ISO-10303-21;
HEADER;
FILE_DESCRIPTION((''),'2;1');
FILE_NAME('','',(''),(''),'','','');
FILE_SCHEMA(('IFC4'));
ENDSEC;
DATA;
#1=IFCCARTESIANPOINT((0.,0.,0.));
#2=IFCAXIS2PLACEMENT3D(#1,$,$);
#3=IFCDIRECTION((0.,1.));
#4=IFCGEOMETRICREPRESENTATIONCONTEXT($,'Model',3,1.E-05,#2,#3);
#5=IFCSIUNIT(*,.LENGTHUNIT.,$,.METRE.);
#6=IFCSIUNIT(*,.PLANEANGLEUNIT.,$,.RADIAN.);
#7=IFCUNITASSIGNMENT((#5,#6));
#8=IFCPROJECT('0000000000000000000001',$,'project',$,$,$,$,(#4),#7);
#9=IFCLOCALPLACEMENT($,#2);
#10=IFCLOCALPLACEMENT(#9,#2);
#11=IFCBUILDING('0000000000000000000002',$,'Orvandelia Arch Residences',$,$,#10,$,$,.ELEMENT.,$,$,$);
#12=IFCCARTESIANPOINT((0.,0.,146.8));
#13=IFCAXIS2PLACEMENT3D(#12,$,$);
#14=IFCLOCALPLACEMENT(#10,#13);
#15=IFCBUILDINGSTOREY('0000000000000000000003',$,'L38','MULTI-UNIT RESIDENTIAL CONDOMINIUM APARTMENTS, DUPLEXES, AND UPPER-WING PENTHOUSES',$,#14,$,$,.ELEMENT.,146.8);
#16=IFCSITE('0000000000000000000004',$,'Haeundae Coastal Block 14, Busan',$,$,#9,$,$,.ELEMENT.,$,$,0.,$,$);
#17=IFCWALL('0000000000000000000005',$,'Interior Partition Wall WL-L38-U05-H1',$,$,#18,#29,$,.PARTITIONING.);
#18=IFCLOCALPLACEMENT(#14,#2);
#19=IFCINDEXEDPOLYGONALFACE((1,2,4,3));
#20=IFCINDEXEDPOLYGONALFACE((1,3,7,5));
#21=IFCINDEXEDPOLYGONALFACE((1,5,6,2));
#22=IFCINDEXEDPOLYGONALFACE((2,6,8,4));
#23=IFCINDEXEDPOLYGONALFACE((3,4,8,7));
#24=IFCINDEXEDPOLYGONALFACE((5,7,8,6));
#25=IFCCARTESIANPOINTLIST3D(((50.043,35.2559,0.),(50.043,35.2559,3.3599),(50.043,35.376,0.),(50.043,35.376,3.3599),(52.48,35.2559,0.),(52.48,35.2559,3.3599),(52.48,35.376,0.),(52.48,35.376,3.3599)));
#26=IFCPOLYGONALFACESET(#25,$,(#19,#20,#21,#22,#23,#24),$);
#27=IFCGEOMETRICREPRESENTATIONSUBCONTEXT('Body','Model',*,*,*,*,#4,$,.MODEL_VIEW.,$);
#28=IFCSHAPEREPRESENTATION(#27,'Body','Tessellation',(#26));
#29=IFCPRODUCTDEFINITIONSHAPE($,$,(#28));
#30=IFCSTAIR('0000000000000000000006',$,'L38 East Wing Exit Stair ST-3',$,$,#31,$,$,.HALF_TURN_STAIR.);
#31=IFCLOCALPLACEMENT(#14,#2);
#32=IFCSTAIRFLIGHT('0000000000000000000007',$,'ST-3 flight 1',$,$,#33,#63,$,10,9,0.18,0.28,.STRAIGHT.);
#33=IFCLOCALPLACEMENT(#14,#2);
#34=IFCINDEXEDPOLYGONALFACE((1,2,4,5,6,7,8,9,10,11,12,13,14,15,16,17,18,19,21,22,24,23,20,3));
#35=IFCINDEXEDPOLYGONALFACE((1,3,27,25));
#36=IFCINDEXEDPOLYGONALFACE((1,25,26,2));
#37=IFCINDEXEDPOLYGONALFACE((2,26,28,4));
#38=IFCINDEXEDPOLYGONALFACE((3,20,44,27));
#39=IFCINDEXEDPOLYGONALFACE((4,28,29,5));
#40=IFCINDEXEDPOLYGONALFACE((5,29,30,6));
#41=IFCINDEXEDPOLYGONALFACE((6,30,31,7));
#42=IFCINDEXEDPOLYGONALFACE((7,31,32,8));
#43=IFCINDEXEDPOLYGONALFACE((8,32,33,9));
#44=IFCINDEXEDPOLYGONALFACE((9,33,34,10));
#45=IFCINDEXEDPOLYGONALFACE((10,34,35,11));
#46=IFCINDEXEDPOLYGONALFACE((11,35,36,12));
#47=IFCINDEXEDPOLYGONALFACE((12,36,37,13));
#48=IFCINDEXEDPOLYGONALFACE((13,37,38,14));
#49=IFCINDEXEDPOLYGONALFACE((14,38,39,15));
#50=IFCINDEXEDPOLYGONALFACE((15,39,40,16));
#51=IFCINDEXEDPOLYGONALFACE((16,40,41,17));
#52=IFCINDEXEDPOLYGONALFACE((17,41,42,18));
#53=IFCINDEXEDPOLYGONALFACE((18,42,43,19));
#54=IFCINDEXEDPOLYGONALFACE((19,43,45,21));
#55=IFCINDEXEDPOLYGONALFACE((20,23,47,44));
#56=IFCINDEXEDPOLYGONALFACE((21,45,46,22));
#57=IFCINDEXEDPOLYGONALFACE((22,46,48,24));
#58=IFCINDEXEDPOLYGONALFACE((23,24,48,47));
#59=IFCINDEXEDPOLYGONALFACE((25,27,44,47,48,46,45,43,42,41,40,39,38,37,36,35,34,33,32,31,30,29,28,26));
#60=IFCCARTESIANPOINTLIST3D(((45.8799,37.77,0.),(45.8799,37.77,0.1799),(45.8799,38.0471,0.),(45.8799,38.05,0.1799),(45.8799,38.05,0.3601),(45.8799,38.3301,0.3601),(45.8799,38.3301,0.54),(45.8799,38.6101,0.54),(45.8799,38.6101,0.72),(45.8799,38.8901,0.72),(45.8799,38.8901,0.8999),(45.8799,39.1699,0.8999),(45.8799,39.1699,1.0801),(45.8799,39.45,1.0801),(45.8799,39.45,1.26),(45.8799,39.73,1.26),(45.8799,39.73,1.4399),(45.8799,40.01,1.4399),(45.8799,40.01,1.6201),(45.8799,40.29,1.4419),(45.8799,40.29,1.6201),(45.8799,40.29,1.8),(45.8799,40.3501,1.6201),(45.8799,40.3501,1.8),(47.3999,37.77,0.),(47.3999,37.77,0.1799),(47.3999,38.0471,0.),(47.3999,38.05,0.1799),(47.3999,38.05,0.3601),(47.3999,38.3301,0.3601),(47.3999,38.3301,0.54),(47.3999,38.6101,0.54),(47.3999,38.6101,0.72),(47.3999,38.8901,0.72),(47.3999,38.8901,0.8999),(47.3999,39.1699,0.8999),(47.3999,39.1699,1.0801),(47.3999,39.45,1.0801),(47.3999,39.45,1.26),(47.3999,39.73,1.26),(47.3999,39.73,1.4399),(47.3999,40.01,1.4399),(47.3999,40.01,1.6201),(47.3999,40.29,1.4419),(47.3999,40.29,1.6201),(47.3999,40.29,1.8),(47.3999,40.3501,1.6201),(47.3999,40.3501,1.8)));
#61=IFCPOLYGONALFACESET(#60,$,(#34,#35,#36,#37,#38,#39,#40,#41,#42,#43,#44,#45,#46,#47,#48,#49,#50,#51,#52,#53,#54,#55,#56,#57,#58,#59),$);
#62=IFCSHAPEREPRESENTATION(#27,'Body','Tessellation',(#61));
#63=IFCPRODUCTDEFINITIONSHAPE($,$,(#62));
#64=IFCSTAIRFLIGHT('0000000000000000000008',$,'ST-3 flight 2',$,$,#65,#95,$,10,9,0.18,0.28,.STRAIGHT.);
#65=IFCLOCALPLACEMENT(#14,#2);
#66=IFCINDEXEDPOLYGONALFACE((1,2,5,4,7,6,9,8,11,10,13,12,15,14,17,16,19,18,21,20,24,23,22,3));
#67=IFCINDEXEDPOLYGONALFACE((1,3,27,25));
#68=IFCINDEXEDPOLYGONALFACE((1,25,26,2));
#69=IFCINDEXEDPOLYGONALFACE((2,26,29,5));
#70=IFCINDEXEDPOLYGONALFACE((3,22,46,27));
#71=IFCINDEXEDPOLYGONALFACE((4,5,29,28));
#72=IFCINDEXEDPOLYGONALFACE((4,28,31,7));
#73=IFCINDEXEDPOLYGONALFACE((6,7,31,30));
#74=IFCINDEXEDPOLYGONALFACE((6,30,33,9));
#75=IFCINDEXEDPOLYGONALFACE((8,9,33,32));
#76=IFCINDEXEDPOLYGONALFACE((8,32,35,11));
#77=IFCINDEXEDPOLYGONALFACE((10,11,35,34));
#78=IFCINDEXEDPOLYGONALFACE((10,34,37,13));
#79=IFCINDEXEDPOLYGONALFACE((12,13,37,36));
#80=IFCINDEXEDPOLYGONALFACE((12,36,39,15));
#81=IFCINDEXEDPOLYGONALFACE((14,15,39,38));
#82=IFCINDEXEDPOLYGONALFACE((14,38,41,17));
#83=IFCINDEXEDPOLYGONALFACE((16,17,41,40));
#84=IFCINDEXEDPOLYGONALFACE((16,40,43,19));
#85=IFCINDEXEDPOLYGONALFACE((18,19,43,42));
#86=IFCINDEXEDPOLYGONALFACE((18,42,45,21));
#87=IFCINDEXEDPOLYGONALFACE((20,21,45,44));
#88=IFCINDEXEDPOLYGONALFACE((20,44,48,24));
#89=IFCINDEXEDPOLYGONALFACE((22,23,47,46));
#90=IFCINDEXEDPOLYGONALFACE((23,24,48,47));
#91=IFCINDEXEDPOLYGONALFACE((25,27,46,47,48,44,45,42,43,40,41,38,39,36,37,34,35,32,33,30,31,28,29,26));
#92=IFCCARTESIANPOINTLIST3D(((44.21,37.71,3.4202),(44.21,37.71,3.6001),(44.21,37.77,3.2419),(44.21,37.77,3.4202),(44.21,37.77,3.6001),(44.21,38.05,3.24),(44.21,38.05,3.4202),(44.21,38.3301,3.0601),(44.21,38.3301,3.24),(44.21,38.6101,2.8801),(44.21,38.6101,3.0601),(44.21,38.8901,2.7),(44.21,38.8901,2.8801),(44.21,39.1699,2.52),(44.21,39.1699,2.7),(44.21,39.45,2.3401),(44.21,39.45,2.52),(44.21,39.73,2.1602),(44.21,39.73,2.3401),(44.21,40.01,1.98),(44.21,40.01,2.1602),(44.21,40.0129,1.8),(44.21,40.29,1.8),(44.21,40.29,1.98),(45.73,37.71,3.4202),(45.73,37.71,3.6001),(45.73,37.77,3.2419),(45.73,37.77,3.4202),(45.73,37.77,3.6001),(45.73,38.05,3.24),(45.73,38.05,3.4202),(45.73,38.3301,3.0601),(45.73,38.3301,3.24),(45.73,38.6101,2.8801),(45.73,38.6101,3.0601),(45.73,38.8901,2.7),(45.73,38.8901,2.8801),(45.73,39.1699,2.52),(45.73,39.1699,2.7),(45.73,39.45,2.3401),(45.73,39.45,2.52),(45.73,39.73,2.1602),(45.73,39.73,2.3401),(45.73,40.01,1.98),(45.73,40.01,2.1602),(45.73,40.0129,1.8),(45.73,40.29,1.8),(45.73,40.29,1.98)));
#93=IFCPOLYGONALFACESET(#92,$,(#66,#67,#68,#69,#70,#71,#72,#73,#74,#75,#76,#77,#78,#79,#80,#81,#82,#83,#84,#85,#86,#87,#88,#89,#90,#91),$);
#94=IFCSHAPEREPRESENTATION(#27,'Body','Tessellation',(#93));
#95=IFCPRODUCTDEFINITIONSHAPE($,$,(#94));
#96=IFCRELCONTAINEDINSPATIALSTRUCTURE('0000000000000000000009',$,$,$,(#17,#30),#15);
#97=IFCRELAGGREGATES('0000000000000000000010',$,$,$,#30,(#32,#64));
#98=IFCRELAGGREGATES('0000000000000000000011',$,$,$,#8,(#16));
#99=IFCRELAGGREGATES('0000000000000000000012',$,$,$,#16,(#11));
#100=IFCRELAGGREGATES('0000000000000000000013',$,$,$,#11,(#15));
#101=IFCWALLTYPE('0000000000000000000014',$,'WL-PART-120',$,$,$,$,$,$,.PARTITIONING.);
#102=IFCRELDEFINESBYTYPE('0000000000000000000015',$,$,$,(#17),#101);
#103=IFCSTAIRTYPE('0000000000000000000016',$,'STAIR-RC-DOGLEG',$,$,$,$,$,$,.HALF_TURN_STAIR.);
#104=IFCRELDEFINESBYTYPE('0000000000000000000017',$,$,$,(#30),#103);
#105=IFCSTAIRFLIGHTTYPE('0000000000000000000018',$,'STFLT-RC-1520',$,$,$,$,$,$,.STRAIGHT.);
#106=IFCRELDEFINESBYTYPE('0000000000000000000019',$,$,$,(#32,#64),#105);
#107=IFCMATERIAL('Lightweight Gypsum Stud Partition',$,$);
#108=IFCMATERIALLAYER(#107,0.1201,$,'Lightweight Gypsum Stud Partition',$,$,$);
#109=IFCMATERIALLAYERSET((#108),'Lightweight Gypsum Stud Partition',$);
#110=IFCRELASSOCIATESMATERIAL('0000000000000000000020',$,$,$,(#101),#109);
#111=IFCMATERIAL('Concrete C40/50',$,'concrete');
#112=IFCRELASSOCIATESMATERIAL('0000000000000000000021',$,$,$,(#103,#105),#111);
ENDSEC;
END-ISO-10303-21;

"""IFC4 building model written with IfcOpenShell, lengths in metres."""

from ifc_helpers import new_model, si_unit, direction, frame, frame_2d, origin, place, context, subcontext, project, spatial, polyline, rectangle, outline, extrude, material, layer, layer_set, type_object, element, aggregate, save


model = new_model("IFC4")

# Units and contexts
model_context = context("Model", 3, precision=1e-05, world=origin(), true_north=direction((0.0, 1.0)))
body_context = subcontext(model_context, "Body", "Model", "MODEL_VIEW")
ifc_project = project(units=[si_unit("LENGTHUNIT", "METRE"), si_unit("PLANEANGLEUNIT", "RADIAN")], contexts=[model_context])

# Site, building, storey
site_placement = place(None, origin())
site = spatial("IfcSite", under=ifc_project, at=site_placement, Name="Haeundae Coastal Block 14, Busan", CompositionType="ELEMENT", RefElevation=0.0)
building_placement = place(site_placement, origin())
building = spatial("IfcBuilding", under=site, at=building_placement, Name="Orvandelia Arch Residences", CompositionType="ELEMENT")
storey_placement = place(building_placement, frame((0.0, 0.0, 146.8)))
storey = spatial("IfcBuildingStorey", under=building, at=storey_placement, Name="L38", Description="MULTI-UNIT RESIDENTIAL CONDOMINIUM APARTMENTS, DUPLEXES, AND UPPER-WING PENTHOUSES", CompositionType="ELEMENT", Elevation=146.8)

# Wall
ifc_material_1 = material(Name="Lightweight Gypsum Stud Partition")
ifc_layer_1 = layer(ifc_material_1, 0.1201, Name="Lightweight Gypsum Stud Partition")
ifc_layer_set_1 = layer_set([ifc_layer_1], Name="Lightweight Gypsum Stud Partition")
wall_type_1 = type_object("IfcWallType", Name="WL-PART-120", PredefinedType="PARTITIONING", material=ifc_layer_set_1)
wall_1_placement = place(storey_placement, frame((50.043, 35.3159, 0.0), z_axis=(0.0, 0.0, 1.0), x_axis=(1.0, 0.0, 0.0)))
element("IfcWall", 1, at=wall_1_placement, inside=storey, type_object=wall_type_1, Name="Interior Partition Wall WL-L38-U05-H1", PredefinedType="PARTITIONING", context=body_context, shape_type="SweptSolid", body=[
    extrude(rectangle(XDim=2.437, YDim=0.1201, at=frame_2d((1.2185, 0.0))), origin(), (0.0, 0.0, 1.0), 3.3599),
])

# Stair, stair flights
ifc_material_2 = material(Name="Concrete C40/50", Category="concrete")
stair_type = type_object("IfcStairType", Name="STAIR-RC-DOGLEG", PredefinedType="HALF_TURN_STAIR", material=ifc_material_2)
stair_placement = place(storey_placement, origin())
stair = element("IfcStair", 2, at=stair_placement, inside=storey, type_object=stair_type, Name="L38 East Wing Exit Stair ST-3", PredefinedType="HALF_TURN_STAIR")
stair_flight_type = type_object("IfcStairFlightType", Name="STFLT-RC-1520", PredefinedType="STRAIGHT", material=ifc_material_2)
stair_flight_1_placement = place(storey_placement, frame((46.6399, 37.77, 0.0), z_axis=(0.0, 0.0, 1.0), x_axis=(0.0, 1.0, 0.0)))
stair_flight_1 = element("IfcStairFlight", 3, at=stair_flight_1_placement, type_object=stair_flight_type, Name="ST-3 flight 1", NumberOfRisers=10, NumberOfTreads=9, PredefinedType="STRAIGHT", RiserHeight=0.18, TreadLength=0.28, context=body_context, shape_type="SweptSolid", body=[
    extrude(outline(polyline([(0.0, 0.0), (0.0, 0.1799), (0.28, 0.1799), (0.28, 0.3601), (0.5601, 0.3601), (0.5601, 0.54), (0.8401, 0.54), (0.8401, 0.72), (1.1201, 0.72), (1.1201, 0.8999), (1.3999, 0.8999), (1.3999, 1.0801), (1.6799, 1.0801), (1.6799, 1.26), (1.96, 1.26), (1.96, 1.4399), (2.24, 1.4399), (2.24, 1.6201), (2.52, 1.6201), (2.52, 1.8), (2.5801, 1.8), (2.5801, 1.6201), (2.52, 1.4419), (0.2771, 0.0), (0.0, 0.0)])), frame((0.0, 0.76, 0.0), z_axis=(0.0, -1.0, 0.0), x_axis=(1.0, 0.0, 0.0)), (0.0, 0.0, 1.0), 1.52),
])
stair_flight_2_placement = place(storey_placement, frame((44.97, 40.29, 1.8), z_axis=(0.0, 0.0, 1.0), x_axis=(0.0, -1.0, 0.0)))
stair_flight_2 = element("IfcStairFlight", 4, at=stair_flight_2_placement, type_object=stair_flight_type, Name="ST-3 flight 2", NumberOfRisers=10, NumberOfTreads=9, PredefinedType="STRAIGHT", RiserHeight=0.18, TreadLength=0.28, context=body_context, shape_type="SweptSolid", body=[
    extrude(outline(polyline([(0.0, 0.0), (0.0, 0.1799), (0.28, 0.1799), (0.28, 0.3601), (0.5601, 0.3601), (0.5601, 0.54), (0.8401, 0.54), (0.8401, 0.72), (1.1201, 0.72), (1.1201, 0.8999), (1.3999, 0.8999), (1.3999, 1.0801), (1.6799, 1.0801), (1.6799, 1.26), (1.96, 1.26), (1.96, 1.4399), (2.24, 1.4399), (2.24, 1.6201), (2.52, 1.6201), (2.52, 1.8), (2.5801, 1.8), (2.5801, 1.6201), (2.52, 1.4419), (0.2771, 0.0), (0.0, 0.0)])), frame((0.0, 0.76, 0.0), z_axis=(0.0, -1.0, 0.0), x_axis=(1.0, 0.0, 0.0)), (0.0, 0.0, 1.0), 1.52),
])
aggregate(stair, [stair_flight_1, stair_flight_2])

save(model, "model.ifc")
